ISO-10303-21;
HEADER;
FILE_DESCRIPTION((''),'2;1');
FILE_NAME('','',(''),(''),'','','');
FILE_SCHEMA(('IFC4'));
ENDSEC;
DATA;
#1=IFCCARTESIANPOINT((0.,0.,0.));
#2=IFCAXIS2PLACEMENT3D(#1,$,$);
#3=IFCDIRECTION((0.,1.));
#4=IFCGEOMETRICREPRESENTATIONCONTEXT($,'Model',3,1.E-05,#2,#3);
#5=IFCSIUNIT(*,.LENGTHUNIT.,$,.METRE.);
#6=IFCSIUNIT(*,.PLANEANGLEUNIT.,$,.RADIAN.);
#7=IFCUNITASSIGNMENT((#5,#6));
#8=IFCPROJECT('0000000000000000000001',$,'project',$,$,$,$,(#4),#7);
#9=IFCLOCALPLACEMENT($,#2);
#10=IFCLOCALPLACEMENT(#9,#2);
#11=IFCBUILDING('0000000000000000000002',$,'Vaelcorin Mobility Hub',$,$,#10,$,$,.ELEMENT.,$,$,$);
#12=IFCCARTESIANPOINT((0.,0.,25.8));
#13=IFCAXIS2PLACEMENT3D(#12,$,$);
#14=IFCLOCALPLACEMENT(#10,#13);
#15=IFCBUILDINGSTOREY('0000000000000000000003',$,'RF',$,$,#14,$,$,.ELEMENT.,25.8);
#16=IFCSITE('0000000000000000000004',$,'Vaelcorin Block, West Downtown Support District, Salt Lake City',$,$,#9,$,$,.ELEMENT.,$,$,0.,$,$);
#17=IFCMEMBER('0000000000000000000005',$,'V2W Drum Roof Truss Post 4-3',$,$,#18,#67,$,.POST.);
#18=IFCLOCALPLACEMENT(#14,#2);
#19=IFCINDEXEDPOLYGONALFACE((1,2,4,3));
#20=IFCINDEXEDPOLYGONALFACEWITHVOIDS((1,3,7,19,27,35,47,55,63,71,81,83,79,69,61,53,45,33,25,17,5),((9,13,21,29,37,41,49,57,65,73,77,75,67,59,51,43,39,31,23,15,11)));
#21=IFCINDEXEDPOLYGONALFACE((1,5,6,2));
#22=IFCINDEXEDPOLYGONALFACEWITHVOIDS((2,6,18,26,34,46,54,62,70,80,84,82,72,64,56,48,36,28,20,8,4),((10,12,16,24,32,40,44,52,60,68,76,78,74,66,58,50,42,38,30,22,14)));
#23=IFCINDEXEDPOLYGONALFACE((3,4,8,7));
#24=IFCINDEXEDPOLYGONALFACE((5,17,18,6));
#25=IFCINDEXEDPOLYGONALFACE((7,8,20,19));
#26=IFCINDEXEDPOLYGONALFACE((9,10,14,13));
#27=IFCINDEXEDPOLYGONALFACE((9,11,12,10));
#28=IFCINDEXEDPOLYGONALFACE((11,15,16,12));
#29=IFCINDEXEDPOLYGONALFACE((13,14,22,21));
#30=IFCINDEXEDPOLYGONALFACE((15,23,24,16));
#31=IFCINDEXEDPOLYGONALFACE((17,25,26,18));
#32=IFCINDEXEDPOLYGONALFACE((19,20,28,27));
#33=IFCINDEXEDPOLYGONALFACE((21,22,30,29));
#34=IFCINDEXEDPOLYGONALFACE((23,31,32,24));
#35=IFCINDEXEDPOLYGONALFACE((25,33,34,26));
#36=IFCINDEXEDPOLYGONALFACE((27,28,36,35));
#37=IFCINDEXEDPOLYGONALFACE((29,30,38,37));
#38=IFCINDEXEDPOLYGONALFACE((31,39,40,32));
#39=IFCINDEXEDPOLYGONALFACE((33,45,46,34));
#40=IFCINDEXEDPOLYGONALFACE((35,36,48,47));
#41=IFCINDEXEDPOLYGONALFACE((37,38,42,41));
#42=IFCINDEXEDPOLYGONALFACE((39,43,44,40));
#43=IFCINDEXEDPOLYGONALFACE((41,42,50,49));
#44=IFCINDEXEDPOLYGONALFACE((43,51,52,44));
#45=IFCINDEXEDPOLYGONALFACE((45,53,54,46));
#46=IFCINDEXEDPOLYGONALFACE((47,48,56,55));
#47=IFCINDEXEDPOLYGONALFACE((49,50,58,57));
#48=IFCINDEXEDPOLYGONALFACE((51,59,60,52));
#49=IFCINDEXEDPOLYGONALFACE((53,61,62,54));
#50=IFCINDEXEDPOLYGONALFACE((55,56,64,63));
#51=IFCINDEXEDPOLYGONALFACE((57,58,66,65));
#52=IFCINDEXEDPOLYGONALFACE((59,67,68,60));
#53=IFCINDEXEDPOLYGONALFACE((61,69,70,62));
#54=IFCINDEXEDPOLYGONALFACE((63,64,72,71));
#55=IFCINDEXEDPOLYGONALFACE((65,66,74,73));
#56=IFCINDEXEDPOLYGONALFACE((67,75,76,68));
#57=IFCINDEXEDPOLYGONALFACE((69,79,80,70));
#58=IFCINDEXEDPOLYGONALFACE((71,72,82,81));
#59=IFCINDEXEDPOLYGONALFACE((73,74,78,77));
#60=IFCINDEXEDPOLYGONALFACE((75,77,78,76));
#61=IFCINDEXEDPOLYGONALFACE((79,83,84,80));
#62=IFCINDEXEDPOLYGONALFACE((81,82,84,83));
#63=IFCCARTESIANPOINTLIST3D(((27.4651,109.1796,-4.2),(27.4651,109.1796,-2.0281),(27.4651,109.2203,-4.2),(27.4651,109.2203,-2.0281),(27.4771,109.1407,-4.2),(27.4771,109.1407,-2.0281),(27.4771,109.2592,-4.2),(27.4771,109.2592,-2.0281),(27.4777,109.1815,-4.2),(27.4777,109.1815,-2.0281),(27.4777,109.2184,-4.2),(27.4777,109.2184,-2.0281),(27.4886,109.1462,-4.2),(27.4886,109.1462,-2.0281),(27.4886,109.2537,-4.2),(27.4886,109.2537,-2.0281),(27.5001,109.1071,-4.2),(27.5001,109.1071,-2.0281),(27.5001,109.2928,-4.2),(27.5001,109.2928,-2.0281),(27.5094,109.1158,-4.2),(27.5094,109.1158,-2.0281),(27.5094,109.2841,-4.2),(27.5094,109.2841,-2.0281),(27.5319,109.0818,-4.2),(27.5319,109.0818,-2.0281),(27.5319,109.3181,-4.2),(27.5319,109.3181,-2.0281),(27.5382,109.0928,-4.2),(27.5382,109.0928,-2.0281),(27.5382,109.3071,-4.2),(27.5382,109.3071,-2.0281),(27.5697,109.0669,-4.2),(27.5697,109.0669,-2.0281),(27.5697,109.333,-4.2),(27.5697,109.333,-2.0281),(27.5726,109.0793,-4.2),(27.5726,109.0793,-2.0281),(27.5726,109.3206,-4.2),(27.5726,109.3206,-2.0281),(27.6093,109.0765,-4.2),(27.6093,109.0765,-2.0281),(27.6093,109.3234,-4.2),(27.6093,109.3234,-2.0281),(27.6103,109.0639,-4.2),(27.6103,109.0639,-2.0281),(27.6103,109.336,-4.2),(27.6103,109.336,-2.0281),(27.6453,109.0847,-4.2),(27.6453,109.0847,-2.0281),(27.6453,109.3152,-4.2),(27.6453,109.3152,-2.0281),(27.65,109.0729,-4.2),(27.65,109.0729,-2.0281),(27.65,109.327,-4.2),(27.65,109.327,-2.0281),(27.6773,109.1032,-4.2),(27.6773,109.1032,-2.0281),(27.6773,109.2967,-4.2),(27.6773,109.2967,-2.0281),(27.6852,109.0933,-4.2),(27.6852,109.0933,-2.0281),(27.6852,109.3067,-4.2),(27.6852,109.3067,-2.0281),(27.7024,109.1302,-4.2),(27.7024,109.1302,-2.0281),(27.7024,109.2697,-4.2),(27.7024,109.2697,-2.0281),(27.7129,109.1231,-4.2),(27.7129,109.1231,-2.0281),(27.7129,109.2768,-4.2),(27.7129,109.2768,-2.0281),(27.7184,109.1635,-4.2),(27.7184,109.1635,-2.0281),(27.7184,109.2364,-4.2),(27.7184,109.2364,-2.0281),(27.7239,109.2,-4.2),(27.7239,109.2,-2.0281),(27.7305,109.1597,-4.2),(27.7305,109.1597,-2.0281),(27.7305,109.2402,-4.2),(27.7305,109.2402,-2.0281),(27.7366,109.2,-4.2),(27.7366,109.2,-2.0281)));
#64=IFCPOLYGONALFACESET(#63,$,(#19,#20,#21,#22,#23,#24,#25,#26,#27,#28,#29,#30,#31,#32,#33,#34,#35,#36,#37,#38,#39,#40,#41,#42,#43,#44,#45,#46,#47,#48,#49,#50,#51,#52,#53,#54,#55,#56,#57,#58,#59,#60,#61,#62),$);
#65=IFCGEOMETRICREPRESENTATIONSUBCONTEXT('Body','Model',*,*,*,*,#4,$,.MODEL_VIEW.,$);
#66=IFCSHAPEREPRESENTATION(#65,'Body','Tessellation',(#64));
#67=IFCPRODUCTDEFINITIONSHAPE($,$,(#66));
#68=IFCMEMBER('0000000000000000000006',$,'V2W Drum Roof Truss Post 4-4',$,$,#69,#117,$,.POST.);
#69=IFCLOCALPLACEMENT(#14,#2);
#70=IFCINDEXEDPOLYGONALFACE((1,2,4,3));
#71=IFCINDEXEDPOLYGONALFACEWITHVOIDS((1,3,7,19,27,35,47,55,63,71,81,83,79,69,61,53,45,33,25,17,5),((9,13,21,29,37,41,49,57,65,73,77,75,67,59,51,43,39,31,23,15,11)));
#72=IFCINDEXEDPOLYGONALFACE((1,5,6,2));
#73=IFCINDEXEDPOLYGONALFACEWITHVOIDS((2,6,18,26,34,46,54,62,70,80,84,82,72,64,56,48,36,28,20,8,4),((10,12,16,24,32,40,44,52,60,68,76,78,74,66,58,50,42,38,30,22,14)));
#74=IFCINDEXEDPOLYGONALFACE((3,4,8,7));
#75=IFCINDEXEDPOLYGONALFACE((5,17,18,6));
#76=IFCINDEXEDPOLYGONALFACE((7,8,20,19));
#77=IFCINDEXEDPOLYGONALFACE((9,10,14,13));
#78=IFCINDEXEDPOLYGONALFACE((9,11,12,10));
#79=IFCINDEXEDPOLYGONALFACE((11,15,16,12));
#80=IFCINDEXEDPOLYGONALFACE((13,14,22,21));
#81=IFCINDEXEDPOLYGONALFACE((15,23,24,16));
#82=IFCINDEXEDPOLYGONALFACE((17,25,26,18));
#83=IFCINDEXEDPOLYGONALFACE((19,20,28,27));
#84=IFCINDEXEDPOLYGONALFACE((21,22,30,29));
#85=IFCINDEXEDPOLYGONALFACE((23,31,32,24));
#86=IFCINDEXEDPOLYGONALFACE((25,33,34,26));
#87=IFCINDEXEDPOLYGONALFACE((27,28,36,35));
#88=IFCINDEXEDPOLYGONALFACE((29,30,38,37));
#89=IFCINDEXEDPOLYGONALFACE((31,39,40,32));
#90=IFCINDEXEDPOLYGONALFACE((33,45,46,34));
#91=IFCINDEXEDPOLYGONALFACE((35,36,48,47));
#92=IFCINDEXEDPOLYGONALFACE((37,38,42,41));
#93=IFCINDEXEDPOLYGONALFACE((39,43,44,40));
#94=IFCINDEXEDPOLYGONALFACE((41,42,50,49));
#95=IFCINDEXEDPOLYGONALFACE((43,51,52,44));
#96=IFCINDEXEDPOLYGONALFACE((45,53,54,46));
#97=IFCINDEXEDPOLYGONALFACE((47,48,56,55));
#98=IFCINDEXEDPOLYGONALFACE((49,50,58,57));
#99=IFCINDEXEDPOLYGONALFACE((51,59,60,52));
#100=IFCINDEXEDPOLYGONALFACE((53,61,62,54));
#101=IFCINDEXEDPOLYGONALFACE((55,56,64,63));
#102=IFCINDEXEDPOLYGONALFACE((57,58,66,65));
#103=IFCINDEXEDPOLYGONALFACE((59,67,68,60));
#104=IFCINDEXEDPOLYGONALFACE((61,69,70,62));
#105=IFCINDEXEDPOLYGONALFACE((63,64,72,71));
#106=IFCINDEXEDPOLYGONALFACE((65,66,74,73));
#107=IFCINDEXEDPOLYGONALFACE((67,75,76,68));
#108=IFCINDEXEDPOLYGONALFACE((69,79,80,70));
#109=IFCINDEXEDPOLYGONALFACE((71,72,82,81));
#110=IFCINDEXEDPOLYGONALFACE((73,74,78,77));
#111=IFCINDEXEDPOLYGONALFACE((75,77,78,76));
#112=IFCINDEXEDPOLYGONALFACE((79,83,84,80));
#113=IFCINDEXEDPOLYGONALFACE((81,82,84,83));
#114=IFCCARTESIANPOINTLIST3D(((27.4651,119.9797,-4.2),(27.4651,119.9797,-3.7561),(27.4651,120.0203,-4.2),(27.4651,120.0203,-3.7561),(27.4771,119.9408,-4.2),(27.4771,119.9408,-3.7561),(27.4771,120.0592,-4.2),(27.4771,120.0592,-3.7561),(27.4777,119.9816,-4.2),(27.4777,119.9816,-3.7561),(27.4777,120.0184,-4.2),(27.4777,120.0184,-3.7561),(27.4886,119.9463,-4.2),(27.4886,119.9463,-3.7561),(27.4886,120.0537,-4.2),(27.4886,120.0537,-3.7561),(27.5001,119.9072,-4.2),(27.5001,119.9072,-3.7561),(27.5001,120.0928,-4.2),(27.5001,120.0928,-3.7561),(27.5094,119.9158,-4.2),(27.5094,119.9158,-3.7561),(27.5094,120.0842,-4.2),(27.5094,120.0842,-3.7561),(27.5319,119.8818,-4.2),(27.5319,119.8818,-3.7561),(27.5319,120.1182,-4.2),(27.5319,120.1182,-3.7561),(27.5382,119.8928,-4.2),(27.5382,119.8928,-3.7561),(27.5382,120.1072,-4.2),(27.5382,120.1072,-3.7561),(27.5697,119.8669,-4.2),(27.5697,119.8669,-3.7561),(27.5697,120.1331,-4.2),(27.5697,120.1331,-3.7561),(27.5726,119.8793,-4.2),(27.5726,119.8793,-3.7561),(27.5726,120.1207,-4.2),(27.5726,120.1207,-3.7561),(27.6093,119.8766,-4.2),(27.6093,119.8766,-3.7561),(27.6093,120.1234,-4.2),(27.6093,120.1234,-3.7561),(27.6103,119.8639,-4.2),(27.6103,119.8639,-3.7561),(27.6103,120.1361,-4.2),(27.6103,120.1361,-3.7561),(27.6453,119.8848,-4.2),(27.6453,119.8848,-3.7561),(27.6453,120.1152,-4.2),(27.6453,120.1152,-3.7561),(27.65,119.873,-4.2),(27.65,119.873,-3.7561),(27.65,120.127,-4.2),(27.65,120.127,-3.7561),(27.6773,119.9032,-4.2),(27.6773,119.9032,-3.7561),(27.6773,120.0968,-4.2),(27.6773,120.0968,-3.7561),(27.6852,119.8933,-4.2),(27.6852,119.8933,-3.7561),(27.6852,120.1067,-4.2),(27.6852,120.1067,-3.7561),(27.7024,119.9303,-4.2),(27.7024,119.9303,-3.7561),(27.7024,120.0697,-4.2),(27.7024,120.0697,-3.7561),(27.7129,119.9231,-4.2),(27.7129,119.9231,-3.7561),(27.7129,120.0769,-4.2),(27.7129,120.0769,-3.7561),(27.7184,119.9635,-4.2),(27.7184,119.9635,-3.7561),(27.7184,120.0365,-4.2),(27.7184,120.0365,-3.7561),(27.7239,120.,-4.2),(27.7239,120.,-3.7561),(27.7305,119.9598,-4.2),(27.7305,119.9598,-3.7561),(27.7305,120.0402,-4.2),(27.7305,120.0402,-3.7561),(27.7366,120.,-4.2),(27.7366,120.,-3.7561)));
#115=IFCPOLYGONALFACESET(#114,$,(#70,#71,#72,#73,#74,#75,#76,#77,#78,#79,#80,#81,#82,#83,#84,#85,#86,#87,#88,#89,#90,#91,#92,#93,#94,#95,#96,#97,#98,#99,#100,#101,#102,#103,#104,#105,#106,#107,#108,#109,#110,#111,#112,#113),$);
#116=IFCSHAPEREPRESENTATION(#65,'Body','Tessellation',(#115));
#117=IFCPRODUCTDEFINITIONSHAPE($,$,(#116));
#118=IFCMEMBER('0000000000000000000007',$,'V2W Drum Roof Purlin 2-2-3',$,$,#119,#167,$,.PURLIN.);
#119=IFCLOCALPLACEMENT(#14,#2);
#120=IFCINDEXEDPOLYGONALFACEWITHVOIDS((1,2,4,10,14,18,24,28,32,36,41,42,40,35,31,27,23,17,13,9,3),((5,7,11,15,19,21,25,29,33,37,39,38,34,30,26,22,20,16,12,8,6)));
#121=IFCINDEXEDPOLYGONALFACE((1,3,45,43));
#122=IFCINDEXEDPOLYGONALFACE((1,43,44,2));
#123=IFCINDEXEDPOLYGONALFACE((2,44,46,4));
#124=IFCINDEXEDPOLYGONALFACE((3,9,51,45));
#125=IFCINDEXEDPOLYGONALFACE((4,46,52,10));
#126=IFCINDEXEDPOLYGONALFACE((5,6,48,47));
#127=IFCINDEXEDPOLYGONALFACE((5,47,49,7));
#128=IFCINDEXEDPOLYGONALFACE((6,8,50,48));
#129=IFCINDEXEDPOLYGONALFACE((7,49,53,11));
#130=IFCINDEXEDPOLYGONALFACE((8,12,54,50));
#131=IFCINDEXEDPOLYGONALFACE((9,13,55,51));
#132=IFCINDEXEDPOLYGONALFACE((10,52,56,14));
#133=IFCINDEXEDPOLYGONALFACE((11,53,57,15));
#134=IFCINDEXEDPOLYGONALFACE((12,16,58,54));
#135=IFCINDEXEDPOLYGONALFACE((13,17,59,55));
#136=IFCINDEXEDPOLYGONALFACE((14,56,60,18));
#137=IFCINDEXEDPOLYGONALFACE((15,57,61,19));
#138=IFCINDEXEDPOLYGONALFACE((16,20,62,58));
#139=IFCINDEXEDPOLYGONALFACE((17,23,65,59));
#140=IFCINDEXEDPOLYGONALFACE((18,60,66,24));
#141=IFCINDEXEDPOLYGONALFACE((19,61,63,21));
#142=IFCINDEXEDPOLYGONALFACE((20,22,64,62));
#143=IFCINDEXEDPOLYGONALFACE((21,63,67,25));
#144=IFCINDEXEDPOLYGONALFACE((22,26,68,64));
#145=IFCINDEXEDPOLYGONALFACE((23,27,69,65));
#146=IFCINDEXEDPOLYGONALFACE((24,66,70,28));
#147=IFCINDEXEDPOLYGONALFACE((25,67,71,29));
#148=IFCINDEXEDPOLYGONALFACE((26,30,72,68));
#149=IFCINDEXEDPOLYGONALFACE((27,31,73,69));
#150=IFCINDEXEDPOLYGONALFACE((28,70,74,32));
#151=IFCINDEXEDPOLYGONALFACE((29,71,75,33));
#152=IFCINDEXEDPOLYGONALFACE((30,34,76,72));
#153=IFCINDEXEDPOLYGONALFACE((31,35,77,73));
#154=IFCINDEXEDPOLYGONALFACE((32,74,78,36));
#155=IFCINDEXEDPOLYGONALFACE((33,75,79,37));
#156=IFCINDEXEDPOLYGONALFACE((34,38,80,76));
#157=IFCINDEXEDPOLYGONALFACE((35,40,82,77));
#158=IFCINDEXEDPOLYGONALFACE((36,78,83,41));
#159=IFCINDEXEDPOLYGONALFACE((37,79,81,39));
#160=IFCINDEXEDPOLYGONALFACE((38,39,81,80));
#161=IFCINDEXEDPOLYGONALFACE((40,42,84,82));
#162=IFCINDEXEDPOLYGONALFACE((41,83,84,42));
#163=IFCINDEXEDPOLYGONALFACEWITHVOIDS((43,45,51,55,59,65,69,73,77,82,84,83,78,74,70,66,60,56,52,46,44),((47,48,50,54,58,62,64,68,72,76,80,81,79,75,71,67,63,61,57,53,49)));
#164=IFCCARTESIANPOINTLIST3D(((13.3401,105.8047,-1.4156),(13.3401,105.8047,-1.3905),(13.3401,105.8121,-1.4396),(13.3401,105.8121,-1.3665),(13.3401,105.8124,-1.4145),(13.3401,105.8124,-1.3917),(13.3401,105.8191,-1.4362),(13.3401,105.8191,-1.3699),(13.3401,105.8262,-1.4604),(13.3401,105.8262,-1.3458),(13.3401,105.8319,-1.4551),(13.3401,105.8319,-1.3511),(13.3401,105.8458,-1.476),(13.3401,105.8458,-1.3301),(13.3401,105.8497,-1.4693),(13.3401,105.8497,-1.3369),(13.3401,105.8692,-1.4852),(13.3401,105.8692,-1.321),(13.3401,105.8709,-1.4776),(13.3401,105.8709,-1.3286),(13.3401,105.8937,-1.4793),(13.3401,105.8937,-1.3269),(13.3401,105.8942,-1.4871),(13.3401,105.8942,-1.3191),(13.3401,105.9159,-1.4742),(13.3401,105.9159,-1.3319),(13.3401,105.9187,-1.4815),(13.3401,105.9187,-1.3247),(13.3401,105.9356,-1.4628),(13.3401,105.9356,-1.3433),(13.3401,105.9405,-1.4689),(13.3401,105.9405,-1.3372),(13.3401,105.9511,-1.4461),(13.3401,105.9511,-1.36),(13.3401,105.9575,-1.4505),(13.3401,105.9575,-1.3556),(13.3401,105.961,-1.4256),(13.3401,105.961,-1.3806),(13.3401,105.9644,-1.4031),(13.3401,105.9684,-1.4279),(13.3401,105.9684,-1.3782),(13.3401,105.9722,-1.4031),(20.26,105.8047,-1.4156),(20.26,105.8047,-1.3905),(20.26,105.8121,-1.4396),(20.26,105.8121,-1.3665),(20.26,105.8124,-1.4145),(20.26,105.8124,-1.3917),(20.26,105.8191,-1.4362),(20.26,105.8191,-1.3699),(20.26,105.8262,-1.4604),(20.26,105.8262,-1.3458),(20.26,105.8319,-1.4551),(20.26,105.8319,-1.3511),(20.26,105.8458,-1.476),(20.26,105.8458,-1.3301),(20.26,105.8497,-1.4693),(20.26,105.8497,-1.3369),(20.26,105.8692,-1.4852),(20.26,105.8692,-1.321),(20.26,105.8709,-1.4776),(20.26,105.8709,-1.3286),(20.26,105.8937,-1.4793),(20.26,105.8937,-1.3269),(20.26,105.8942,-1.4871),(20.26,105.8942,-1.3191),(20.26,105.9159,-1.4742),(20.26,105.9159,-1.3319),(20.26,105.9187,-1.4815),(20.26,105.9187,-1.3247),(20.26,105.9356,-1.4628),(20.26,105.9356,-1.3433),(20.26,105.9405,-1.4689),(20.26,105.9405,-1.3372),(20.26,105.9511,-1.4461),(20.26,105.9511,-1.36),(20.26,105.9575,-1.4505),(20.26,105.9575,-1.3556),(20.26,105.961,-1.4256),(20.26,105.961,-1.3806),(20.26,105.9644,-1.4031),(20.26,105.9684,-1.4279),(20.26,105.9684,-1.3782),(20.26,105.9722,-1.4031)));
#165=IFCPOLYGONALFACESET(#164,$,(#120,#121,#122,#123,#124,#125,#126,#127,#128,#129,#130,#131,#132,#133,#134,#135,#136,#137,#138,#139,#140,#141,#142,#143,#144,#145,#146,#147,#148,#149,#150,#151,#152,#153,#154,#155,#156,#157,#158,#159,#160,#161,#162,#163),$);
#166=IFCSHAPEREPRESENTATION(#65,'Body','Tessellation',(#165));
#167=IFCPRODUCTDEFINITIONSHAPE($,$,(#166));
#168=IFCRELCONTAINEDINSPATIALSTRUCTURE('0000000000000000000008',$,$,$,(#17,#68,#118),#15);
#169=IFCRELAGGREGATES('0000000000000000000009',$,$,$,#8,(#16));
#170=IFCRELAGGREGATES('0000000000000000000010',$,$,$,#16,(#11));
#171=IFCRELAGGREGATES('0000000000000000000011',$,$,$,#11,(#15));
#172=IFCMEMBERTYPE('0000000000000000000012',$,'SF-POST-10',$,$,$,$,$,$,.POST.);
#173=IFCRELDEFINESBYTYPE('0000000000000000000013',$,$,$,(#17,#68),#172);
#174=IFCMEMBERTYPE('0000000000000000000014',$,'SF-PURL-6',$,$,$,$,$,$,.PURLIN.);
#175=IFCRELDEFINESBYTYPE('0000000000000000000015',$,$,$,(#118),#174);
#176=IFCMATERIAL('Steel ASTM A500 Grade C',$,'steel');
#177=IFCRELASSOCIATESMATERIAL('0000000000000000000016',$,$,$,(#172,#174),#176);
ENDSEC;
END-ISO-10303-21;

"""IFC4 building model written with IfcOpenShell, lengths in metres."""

from ifc_helpers import new_model, si_unit, direction, frame, origin, origin_2d, place, context, subcontext, project, spatial, hollow_circle, extrude, material, material_profile, profile_set, type_object, element, save


model = new_model("IFC4")

# Units and contexts
model_context = context("Model", 3, precision=1e-05, world=origin(), true_north=direction((0.0, 1.0)))
body_context = subcontext(model_context, "Body", "Model", "MODEL_VIEW")
ifc_project = project(units=[si_unit("LENGTHUNIT", "METRE"), si_unit("PLANEANGLEUNIT", "RADIAN")], contexts=[model_context])

# Site, building, storey
site_placement = place(None, origin())
site = spatial("IfcSite", under=ifc_project, at=site_placement, Name="Vaelcorin Block, West Downtown Support District, Salt Lake City", CompositionType="ELEMENT", RefElevation=0.0)
building_placement = place(site_placement, origin())
building = spatial("IfcBuilding", under=site, at=building_placement, Name="Vaelcorin Mobility Hub", CompositionType="ELEMENT")
storey_placement = place(building_placement, frame((0.0, 0.0, 25.8)))
storey = spatial("IfcBuildingStorey", under=building, at=storey_placement, Name="RF", CompositionType="ELEMENT", Elevation=25.8)

# Members
ifc_material_1 = material(Name="Steel ASTM A500 Grade C", Category="steel")
ifc_material_profile_1 = material_profile(ifc_material_1, hollow_circle(Radius=0.1365, WallThickness=0.0127, at=origin_2d()), Name="HSS10.750X0.500")
ifc_profile_set_1 = profile_set([ifc_material_profile_1], Name="Steel ASTM A500 Grade C")
member_type_1 = type_object("IfcMemberType", Name="SF-POST-10", PredefinedType="POST", material=ifc_profile_set_1)
member_1_placement = place(storey_placement, frame((27.6001, 109.2, -4.2), z_axis=(0.0, 0.0, 1.0), x_axis=(1.0, 0.0, 0.0)))
element("IfcMember", 1, at=member_1_placement, inside=storey, type_object=member_type_1, Name="V2W Drum Roof Truss Post 4-3", PredefinedType="POST", context=body_context, shape_type="SweptSolid", body=[
    extrude(hollow_circle(Radius=0.1365, WallThickness=0.0127, at=origin_2d()), origin(), (0.0, 0.0, 1.0), 2.1719),
])
member_2_placement = place(storey_placement, frame((27.6001, 120.0, -4.2), z_axis=(0.0, 0.0, 1.0), x_axis=(1.0, 0.0, 0.0)))
element("IfcMember", 2, at=member_2_placement, inside=storey, type_object=member_type_1, Name="V2W Drum Roof Truss Post 4-4", PredefinedType="POST", context=body_context, shape_type="SweptSolid", body=[
    extrude(hollow_circle(Radius=0.1365, WallThickness=0.0127, at=origin_2d()), origin(), (0.0, 0.0, 1.0), 0.4438),
])
ifc_material_profile_2 = material_profile(ifc_material_1, hollow_circle(Radius=0.0842, WallThickness=0.0078, at=origin_2d()), Name="HSS6.625X0.312")
ifc_profile_set_2 = profile_set([ifc_material_profile_2], Name="Steel ASTM A500 Grade C")
member_type_2 = type_object("IfcMemberType", Name="SF-PURL-6", PredefinedType="PURLIN", material=ifc_profile_set_2)
for number, where, z_axis, x_axis, name in (
    (3, (13.3401, 105.8879, -1.4031), (1.0, 0.0, 0.0), (0.0, 1.0, 0.0), "V2W Drum Roof Purlin 2-2-3"),
):
    element("IfcMember", number, at=place(storey_placement, frame(where, z_axis=z_axis, x_axis=x_axis)), inside=storey, type_object=member_type_2, Name=name, PredefinedType="PURLIN", context=body_context, shape_type="SweptSolid", body=[
        extrude(hollow_circle(Radius=0.0842, WallThickness=0.0078, at=origin_2d()), origin(), (0.0, 0.0, 1.0), 6.9199),
    ])

save(model, "model.ifc")
